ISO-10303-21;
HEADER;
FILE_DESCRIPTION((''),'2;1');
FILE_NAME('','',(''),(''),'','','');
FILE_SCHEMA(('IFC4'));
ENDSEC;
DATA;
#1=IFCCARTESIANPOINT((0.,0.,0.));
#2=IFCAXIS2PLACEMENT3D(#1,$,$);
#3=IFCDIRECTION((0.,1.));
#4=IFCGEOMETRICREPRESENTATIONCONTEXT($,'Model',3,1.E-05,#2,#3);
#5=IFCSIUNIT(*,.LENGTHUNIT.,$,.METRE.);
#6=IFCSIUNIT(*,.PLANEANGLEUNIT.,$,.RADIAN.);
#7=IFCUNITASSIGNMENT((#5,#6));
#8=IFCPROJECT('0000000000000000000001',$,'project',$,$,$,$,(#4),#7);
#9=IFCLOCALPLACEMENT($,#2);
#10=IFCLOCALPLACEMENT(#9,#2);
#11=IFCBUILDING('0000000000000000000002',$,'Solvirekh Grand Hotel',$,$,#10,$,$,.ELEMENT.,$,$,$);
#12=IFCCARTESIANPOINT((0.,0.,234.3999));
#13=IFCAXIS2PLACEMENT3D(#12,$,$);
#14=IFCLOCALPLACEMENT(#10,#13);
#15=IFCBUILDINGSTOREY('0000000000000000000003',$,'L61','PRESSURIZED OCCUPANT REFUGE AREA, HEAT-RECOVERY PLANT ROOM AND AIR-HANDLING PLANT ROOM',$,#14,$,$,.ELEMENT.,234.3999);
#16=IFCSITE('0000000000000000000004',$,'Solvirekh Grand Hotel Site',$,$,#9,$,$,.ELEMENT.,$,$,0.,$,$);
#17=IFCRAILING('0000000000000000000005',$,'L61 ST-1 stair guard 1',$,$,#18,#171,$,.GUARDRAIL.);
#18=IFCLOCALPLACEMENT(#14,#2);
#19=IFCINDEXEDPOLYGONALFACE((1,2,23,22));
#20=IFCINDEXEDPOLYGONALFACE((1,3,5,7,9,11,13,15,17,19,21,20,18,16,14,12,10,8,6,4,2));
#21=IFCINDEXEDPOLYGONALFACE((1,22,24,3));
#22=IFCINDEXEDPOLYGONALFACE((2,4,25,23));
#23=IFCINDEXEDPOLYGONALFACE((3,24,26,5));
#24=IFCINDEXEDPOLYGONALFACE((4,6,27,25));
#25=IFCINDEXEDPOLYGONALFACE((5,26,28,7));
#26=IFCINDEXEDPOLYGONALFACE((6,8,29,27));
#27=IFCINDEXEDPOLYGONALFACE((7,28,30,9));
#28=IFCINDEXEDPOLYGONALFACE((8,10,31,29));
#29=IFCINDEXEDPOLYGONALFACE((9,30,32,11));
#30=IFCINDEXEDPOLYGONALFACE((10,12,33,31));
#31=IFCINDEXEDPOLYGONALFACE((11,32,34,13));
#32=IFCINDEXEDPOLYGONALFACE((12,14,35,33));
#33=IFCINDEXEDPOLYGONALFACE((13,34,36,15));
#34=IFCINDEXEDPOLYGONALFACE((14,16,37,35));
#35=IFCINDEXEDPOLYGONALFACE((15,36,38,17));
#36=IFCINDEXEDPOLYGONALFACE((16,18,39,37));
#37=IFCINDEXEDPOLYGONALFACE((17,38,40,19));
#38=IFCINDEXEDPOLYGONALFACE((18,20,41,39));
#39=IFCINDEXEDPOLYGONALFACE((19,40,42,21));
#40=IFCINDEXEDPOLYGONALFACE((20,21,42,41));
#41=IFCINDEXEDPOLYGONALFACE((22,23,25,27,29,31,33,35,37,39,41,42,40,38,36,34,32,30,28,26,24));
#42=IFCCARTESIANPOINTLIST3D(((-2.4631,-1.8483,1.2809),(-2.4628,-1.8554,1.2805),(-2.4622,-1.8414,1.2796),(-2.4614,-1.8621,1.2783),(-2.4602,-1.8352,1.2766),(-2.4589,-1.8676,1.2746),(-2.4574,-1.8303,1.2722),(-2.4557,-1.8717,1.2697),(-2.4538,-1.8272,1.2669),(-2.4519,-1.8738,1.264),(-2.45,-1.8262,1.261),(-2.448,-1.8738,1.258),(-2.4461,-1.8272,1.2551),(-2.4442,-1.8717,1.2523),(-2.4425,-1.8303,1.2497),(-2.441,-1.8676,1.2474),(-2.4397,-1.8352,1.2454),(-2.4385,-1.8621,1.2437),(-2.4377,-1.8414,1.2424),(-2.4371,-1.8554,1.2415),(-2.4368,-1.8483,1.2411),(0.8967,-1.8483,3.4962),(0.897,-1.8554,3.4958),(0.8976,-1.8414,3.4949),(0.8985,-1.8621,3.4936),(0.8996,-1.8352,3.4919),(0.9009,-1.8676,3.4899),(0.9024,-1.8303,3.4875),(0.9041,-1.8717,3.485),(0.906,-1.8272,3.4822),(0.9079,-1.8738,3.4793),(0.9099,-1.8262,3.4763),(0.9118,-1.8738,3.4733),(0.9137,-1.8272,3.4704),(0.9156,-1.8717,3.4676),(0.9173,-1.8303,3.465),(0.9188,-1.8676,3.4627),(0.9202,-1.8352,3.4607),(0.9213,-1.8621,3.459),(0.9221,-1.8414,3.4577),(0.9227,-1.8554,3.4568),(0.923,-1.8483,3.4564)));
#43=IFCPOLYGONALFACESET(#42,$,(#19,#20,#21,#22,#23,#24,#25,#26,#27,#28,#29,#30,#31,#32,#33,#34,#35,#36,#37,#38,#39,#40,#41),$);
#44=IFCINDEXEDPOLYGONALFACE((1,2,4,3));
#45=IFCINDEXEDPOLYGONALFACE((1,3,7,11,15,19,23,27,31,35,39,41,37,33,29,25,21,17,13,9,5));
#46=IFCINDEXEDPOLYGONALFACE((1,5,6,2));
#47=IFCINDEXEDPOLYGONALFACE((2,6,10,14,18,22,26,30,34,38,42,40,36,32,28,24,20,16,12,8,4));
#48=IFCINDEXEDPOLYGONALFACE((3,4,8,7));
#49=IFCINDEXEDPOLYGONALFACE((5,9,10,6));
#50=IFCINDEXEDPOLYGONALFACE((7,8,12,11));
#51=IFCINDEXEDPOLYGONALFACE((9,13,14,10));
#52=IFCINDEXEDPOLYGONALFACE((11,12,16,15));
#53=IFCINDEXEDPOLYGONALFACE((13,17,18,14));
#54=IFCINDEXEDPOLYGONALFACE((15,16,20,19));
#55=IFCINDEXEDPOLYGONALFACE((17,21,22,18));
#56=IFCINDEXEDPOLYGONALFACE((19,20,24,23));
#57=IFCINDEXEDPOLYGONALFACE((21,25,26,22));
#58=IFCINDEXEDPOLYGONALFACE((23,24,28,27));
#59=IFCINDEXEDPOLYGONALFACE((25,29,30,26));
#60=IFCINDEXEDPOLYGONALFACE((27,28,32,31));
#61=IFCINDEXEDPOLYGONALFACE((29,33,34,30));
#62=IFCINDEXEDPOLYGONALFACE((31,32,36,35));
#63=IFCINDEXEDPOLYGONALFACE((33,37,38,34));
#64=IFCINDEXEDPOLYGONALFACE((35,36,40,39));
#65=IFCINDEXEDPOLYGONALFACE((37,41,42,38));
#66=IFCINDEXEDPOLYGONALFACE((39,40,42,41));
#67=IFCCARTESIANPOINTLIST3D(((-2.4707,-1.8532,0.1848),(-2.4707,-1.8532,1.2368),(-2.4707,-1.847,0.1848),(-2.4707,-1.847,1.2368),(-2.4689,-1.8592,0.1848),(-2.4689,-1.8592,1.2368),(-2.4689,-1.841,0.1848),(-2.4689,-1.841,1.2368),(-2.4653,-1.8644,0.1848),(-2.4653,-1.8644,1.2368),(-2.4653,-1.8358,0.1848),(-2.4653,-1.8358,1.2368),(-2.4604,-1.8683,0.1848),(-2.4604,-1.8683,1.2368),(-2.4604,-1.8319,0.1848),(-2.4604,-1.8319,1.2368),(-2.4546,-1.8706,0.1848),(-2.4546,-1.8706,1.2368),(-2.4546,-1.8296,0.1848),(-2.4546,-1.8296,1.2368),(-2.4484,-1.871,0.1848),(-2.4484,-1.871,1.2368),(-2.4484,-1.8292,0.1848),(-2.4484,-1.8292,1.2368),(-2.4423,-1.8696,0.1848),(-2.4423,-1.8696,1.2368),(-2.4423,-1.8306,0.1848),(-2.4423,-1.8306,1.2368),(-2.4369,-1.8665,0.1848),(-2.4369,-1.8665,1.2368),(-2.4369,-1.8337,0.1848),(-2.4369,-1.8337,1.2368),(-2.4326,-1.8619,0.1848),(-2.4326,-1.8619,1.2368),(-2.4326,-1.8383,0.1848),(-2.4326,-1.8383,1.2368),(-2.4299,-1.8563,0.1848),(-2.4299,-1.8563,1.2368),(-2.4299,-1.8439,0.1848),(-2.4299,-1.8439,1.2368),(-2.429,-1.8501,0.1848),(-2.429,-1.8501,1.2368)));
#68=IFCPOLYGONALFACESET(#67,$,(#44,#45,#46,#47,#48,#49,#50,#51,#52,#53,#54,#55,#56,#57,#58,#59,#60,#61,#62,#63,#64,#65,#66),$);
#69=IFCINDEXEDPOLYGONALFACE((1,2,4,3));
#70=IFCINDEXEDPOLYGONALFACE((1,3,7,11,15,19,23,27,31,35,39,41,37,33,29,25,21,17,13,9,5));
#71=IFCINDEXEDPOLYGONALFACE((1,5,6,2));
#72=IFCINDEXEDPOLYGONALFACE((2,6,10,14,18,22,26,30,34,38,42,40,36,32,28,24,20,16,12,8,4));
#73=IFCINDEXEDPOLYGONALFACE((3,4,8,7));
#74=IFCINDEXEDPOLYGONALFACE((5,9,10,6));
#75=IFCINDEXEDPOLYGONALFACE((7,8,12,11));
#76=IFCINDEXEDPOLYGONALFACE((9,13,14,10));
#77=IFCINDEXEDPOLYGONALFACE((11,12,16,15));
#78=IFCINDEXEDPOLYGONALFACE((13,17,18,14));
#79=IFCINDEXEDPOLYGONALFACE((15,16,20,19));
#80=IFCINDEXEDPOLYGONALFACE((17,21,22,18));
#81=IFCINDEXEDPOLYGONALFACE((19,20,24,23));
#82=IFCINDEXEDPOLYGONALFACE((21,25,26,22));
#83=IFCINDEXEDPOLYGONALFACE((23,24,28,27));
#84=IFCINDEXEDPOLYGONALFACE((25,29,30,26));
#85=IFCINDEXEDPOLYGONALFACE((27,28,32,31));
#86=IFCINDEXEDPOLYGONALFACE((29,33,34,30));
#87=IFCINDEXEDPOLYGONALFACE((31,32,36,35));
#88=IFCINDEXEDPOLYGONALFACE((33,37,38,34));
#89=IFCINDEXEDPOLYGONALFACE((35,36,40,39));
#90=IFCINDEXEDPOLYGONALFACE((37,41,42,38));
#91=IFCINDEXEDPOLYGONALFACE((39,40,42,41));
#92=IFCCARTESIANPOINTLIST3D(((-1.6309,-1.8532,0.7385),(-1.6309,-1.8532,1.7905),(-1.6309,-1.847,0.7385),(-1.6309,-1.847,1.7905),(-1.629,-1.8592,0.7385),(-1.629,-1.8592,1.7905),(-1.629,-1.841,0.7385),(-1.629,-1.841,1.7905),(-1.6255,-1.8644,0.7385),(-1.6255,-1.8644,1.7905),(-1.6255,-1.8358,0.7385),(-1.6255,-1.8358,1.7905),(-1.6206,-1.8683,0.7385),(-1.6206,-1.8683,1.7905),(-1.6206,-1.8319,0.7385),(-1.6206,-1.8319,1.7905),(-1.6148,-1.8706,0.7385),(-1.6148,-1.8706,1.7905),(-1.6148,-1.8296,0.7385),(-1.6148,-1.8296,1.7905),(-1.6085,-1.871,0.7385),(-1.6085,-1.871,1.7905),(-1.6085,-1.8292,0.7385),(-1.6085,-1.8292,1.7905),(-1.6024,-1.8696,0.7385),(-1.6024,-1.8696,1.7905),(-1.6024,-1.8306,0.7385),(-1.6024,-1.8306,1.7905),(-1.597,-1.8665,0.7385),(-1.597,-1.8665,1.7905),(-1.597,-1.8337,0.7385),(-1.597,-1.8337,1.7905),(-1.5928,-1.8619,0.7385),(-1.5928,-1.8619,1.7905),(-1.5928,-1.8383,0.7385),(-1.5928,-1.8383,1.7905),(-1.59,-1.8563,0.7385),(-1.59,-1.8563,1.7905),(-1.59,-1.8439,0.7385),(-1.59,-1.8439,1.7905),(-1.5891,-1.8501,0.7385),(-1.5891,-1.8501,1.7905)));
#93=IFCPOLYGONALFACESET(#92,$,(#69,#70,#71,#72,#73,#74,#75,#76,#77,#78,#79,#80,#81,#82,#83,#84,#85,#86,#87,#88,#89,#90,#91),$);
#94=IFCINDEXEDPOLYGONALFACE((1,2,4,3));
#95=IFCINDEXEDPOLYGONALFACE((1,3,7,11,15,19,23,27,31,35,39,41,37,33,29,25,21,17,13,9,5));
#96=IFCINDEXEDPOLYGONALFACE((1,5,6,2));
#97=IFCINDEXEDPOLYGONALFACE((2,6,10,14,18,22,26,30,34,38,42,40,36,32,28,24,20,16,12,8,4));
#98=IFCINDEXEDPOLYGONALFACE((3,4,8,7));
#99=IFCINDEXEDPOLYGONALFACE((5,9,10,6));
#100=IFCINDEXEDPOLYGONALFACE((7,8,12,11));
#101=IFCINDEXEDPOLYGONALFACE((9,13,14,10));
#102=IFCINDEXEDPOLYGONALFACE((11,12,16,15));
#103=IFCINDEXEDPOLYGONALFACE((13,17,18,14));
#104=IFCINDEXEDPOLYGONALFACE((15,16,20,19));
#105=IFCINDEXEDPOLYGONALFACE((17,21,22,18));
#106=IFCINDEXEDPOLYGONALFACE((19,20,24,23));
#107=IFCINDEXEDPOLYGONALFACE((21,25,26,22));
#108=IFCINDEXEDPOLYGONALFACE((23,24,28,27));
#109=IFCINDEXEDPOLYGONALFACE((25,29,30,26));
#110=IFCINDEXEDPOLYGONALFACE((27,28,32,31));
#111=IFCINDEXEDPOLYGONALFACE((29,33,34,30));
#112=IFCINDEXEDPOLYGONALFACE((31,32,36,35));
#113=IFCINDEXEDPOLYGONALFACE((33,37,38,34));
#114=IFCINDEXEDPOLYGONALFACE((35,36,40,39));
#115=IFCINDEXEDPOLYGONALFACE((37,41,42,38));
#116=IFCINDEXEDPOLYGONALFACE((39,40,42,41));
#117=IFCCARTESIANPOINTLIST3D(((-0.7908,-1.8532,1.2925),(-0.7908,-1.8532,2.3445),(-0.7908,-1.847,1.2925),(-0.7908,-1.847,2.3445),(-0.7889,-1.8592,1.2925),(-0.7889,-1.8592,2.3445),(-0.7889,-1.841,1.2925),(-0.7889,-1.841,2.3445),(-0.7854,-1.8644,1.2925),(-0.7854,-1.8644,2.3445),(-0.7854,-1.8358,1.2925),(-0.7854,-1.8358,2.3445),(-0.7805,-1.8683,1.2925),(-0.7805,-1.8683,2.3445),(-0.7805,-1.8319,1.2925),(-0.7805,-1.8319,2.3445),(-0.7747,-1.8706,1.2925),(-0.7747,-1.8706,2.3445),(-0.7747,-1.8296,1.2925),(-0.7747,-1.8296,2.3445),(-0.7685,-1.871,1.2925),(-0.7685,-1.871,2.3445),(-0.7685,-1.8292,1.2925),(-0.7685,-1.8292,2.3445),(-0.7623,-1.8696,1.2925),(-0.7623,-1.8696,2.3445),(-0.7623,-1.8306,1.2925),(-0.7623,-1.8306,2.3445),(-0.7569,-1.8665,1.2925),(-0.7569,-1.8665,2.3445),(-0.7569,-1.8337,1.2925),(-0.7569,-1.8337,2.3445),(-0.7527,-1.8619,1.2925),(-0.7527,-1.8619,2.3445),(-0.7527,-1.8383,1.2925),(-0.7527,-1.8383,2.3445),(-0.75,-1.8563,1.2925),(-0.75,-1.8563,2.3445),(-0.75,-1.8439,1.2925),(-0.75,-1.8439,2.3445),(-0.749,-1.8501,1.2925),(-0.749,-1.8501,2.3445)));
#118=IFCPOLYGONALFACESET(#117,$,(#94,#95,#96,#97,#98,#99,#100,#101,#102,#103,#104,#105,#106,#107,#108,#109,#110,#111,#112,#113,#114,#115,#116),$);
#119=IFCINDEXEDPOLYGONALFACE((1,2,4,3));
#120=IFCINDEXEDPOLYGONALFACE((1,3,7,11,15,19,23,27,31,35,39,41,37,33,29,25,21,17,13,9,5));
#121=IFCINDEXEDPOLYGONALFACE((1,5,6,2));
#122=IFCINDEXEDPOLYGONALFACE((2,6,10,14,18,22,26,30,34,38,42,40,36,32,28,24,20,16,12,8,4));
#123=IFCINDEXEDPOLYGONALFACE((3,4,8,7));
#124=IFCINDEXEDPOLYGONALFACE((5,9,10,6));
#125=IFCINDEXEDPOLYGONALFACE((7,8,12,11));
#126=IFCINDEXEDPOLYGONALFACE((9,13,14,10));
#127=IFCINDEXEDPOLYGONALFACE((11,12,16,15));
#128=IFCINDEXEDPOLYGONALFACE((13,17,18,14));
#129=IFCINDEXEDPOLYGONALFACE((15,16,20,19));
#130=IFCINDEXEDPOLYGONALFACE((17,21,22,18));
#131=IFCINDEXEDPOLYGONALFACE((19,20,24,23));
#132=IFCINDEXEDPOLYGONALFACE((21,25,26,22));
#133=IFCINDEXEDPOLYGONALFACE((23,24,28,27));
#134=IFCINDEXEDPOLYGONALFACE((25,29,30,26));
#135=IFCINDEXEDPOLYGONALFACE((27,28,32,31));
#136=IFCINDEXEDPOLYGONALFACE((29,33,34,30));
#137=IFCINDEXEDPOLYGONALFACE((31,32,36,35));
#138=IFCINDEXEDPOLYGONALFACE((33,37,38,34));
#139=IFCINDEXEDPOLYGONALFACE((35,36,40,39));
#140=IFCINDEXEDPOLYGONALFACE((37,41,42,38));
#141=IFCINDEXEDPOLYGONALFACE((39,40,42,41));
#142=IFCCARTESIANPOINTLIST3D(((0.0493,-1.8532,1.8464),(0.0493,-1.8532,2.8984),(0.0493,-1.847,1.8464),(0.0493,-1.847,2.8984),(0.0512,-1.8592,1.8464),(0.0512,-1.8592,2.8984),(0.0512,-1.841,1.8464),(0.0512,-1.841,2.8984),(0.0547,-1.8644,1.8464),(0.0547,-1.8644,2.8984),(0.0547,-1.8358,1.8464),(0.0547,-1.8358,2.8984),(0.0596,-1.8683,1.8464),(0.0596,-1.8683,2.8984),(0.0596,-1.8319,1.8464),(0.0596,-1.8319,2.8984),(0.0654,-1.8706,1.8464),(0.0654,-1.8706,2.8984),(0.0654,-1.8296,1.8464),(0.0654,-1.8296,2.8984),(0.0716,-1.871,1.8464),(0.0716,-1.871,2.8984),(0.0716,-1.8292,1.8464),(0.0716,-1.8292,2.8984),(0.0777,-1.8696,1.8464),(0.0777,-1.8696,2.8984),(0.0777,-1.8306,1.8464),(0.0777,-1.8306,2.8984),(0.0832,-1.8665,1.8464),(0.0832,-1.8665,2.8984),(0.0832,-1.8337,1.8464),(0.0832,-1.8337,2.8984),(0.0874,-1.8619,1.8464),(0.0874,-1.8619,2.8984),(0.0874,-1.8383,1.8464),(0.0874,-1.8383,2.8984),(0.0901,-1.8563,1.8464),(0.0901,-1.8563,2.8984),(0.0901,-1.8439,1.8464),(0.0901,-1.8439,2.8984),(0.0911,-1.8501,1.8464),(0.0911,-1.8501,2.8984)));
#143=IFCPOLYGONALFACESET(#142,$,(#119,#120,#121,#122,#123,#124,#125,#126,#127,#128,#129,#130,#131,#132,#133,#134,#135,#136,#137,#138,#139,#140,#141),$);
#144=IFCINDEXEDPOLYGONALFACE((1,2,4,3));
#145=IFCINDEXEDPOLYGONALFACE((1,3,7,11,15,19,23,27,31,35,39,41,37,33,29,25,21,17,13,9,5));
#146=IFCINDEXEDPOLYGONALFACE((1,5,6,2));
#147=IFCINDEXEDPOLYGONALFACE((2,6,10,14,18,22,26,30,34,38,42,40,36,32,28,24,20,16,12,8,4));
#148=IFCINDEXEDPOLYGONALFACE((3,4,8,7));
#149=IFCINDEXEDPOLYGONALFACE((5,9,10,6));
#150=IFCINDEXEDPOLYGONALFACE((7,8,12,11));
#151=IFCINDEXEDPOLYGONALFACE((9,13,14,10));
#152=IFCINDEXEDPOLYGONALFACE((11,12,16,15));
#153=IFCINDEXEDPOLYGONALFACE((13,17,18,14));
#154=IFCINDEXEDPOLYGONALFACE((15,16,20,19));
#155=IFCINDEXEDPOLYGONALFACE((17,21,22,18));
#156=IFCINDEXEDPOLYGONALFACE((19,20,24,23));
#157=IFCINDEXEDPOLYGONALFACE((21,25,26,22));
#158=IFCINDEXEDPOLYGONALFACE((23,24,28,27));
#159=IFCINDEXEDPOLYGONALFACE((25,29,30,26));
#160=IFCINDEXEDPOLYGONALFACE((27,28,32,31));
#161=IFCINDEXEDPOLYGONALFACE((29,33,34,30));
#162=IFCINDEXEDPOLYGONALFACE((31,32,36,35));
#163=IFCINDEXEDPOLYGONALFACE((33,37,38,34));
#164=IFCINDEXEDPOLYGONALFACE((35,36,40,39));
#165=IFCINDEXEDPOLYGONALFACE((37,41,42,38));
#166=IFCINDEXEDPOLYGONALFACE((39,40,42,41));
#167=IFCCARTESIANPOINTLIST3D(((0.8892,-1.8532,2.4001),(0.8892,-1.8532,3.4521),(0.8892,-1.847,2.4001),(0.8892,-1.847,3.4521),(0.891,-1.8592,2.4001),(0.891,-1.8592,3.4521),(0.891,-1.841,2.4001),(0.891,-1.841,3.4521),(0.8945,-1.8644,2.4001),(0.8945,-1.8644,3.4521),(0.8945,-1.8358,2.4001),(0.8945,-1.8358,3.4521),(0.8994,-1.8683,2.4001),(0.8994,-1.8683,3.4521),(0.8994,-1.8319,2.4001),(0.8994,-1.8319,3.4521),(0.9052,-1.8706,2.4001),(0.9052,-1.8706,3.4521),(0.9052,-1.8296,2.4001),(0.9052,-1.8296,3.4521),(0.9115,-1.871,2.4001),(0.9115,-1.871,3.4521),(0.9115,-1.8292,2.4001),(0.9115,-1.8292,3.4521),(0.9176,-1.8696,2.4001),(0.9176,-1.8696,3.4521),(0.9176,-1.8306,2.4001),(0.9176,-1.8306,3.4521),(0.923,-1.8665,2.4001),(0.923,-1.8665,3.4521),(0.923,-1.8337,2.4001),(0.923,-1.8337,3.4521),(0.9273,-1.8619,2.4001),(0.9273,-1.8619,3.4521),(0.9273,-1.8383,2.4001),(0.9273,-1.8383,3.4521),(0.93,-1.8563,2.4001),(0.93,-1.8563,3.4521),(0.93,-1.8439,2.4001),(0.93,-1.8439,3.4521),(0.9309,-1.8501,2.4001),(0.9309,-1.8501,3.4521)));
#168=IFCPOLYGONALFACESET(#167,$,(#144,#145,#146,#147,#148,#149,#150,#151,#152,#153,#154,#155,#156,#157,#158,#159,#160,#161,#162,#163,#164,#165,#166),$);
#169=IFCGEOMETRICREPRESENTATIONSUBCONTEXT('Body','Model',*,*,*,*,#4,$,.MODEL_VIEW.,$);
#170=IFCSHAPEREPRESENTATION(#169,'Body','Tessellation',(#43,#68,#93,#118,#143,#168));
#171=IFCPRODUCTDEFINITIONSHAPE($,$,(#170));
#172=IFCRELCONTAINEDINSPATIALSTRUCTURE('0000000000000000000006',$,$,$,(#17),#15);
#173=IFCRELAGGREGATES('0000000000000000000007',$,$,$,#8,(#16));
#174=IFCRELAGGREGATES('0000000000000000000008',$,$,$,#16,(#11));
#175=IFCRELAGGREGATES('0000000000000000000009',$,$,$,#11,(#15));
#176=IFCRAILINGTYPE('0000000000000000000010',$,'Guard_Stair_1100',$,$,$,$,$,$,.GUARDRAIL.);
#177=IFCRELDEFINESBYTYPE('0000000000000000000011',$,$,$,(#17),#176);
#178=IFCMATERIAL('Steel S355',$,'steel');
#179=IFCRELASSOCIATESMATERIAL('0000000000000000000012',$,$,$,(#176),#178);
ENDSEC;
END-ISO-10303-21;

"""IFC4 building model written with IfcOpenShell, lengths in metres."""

from ifc_helpers import new_model, si_unit, direction, frame, origin, origin_2d, place, context, subcontext, project, spatial, circle, extrude, material, type_object, element, save


model = new_model("IFC4")

# Units and contexts
model_context = context("Model", 3, precision=1e-05, world=origin(), true_north=direction((0.0, 1.0)))
body_context = subcontext(model_context, "Body", "Model", "MODEL_VIEW")
ifc_project = project(units=[si_unit("LENGTHUNIT", "METRE"), si_unit("PLANEANGLEUNIT", "RADIAN")], contexts=[model_context])

# Site, building, storey
site_placement = place(None, origin())
site = spatial("IfcSite", under=ifc_project, at=site_placement, Name="Solvirekh Grand Hotel Site", CompositionType="ELEMENT", RefElevation=0.0)
building_placement = place(site_placement, origin())
building = spatial("IfcBuilding", under=site, at=building_placement, Name="Solvirekh Grand Hotel", CompositionType="ELEMENT")
storey_placement = place(building_placement, frame((0.0, 0.0, 234.3999)))
storey = spatial("IfcBuildingStorey", under=building, at=storey_placement, Name="L61", Description="PRESSURIZED OCCUPANT REFUGE AREA, HEAT-RECOVERY PLANT ROOM AND AIR-HANDLING PLANT ROOM", CompositionType="ELEMENT", Elevation=234.3999)

# Railing
ifc_material_1 = material(Name="Steel S355", Category="steel")
railing_type_1 = type_object("IfcRailingType", Name="Guard_Stair_1100", PredefinedType="GUARDRAIL", material=ifc_material_1)
railing_1_placement = place(storey_placement, frame((-2.45, -1.8501, 0.1848)))
element("IfcRailing", 1, at=railing_1_placement, inside=storey, type_object=railing_type_1, Name="L61 ST-1 stair guard 1", PredefinedType="GUARDRAIL", context=body_context, shape_type="SweptSolid", body=[
    extrude(circle(Radius=0.0239, at=origin_2d()), frame((0.0, 0.0, 1.0762), z_axis=(0.834858, 0.0, 0.550465), x_axis=(0.0, 1.0, 0.0)), (0.0, 0.0, 1.0), 4.0244),
    extrude(circle(Radius=0.021, at=origin_2d()), origin(), (0.0, 0.0, 1.0), 1.052),
    extrude(circle(Radius=0.021, at=origin_2d()), frame((0.8398, 0.0, 0.5537)), (0.0, 0.0, 1.0), 1.052),
    extrude(circle(Radius=0.021, at=origin_2d()), frame((1.6799, 0.0, 1.1077)), (0.0, 0.0, 1.0), 1.052),
    extrude(circle(Radius=0.021, at=origin_2d()), frame((2.52, 0.0, 1.6616)), (0.0, 0.0, 1.0), 1.052),
    extrude(circle(Radius=0.021, at=origin_2d()), frame((3.3599, 0.0, 2.2153)), (0.0, 0.0, 1.0), 1.052),
])

save(model, "model.ifc")
